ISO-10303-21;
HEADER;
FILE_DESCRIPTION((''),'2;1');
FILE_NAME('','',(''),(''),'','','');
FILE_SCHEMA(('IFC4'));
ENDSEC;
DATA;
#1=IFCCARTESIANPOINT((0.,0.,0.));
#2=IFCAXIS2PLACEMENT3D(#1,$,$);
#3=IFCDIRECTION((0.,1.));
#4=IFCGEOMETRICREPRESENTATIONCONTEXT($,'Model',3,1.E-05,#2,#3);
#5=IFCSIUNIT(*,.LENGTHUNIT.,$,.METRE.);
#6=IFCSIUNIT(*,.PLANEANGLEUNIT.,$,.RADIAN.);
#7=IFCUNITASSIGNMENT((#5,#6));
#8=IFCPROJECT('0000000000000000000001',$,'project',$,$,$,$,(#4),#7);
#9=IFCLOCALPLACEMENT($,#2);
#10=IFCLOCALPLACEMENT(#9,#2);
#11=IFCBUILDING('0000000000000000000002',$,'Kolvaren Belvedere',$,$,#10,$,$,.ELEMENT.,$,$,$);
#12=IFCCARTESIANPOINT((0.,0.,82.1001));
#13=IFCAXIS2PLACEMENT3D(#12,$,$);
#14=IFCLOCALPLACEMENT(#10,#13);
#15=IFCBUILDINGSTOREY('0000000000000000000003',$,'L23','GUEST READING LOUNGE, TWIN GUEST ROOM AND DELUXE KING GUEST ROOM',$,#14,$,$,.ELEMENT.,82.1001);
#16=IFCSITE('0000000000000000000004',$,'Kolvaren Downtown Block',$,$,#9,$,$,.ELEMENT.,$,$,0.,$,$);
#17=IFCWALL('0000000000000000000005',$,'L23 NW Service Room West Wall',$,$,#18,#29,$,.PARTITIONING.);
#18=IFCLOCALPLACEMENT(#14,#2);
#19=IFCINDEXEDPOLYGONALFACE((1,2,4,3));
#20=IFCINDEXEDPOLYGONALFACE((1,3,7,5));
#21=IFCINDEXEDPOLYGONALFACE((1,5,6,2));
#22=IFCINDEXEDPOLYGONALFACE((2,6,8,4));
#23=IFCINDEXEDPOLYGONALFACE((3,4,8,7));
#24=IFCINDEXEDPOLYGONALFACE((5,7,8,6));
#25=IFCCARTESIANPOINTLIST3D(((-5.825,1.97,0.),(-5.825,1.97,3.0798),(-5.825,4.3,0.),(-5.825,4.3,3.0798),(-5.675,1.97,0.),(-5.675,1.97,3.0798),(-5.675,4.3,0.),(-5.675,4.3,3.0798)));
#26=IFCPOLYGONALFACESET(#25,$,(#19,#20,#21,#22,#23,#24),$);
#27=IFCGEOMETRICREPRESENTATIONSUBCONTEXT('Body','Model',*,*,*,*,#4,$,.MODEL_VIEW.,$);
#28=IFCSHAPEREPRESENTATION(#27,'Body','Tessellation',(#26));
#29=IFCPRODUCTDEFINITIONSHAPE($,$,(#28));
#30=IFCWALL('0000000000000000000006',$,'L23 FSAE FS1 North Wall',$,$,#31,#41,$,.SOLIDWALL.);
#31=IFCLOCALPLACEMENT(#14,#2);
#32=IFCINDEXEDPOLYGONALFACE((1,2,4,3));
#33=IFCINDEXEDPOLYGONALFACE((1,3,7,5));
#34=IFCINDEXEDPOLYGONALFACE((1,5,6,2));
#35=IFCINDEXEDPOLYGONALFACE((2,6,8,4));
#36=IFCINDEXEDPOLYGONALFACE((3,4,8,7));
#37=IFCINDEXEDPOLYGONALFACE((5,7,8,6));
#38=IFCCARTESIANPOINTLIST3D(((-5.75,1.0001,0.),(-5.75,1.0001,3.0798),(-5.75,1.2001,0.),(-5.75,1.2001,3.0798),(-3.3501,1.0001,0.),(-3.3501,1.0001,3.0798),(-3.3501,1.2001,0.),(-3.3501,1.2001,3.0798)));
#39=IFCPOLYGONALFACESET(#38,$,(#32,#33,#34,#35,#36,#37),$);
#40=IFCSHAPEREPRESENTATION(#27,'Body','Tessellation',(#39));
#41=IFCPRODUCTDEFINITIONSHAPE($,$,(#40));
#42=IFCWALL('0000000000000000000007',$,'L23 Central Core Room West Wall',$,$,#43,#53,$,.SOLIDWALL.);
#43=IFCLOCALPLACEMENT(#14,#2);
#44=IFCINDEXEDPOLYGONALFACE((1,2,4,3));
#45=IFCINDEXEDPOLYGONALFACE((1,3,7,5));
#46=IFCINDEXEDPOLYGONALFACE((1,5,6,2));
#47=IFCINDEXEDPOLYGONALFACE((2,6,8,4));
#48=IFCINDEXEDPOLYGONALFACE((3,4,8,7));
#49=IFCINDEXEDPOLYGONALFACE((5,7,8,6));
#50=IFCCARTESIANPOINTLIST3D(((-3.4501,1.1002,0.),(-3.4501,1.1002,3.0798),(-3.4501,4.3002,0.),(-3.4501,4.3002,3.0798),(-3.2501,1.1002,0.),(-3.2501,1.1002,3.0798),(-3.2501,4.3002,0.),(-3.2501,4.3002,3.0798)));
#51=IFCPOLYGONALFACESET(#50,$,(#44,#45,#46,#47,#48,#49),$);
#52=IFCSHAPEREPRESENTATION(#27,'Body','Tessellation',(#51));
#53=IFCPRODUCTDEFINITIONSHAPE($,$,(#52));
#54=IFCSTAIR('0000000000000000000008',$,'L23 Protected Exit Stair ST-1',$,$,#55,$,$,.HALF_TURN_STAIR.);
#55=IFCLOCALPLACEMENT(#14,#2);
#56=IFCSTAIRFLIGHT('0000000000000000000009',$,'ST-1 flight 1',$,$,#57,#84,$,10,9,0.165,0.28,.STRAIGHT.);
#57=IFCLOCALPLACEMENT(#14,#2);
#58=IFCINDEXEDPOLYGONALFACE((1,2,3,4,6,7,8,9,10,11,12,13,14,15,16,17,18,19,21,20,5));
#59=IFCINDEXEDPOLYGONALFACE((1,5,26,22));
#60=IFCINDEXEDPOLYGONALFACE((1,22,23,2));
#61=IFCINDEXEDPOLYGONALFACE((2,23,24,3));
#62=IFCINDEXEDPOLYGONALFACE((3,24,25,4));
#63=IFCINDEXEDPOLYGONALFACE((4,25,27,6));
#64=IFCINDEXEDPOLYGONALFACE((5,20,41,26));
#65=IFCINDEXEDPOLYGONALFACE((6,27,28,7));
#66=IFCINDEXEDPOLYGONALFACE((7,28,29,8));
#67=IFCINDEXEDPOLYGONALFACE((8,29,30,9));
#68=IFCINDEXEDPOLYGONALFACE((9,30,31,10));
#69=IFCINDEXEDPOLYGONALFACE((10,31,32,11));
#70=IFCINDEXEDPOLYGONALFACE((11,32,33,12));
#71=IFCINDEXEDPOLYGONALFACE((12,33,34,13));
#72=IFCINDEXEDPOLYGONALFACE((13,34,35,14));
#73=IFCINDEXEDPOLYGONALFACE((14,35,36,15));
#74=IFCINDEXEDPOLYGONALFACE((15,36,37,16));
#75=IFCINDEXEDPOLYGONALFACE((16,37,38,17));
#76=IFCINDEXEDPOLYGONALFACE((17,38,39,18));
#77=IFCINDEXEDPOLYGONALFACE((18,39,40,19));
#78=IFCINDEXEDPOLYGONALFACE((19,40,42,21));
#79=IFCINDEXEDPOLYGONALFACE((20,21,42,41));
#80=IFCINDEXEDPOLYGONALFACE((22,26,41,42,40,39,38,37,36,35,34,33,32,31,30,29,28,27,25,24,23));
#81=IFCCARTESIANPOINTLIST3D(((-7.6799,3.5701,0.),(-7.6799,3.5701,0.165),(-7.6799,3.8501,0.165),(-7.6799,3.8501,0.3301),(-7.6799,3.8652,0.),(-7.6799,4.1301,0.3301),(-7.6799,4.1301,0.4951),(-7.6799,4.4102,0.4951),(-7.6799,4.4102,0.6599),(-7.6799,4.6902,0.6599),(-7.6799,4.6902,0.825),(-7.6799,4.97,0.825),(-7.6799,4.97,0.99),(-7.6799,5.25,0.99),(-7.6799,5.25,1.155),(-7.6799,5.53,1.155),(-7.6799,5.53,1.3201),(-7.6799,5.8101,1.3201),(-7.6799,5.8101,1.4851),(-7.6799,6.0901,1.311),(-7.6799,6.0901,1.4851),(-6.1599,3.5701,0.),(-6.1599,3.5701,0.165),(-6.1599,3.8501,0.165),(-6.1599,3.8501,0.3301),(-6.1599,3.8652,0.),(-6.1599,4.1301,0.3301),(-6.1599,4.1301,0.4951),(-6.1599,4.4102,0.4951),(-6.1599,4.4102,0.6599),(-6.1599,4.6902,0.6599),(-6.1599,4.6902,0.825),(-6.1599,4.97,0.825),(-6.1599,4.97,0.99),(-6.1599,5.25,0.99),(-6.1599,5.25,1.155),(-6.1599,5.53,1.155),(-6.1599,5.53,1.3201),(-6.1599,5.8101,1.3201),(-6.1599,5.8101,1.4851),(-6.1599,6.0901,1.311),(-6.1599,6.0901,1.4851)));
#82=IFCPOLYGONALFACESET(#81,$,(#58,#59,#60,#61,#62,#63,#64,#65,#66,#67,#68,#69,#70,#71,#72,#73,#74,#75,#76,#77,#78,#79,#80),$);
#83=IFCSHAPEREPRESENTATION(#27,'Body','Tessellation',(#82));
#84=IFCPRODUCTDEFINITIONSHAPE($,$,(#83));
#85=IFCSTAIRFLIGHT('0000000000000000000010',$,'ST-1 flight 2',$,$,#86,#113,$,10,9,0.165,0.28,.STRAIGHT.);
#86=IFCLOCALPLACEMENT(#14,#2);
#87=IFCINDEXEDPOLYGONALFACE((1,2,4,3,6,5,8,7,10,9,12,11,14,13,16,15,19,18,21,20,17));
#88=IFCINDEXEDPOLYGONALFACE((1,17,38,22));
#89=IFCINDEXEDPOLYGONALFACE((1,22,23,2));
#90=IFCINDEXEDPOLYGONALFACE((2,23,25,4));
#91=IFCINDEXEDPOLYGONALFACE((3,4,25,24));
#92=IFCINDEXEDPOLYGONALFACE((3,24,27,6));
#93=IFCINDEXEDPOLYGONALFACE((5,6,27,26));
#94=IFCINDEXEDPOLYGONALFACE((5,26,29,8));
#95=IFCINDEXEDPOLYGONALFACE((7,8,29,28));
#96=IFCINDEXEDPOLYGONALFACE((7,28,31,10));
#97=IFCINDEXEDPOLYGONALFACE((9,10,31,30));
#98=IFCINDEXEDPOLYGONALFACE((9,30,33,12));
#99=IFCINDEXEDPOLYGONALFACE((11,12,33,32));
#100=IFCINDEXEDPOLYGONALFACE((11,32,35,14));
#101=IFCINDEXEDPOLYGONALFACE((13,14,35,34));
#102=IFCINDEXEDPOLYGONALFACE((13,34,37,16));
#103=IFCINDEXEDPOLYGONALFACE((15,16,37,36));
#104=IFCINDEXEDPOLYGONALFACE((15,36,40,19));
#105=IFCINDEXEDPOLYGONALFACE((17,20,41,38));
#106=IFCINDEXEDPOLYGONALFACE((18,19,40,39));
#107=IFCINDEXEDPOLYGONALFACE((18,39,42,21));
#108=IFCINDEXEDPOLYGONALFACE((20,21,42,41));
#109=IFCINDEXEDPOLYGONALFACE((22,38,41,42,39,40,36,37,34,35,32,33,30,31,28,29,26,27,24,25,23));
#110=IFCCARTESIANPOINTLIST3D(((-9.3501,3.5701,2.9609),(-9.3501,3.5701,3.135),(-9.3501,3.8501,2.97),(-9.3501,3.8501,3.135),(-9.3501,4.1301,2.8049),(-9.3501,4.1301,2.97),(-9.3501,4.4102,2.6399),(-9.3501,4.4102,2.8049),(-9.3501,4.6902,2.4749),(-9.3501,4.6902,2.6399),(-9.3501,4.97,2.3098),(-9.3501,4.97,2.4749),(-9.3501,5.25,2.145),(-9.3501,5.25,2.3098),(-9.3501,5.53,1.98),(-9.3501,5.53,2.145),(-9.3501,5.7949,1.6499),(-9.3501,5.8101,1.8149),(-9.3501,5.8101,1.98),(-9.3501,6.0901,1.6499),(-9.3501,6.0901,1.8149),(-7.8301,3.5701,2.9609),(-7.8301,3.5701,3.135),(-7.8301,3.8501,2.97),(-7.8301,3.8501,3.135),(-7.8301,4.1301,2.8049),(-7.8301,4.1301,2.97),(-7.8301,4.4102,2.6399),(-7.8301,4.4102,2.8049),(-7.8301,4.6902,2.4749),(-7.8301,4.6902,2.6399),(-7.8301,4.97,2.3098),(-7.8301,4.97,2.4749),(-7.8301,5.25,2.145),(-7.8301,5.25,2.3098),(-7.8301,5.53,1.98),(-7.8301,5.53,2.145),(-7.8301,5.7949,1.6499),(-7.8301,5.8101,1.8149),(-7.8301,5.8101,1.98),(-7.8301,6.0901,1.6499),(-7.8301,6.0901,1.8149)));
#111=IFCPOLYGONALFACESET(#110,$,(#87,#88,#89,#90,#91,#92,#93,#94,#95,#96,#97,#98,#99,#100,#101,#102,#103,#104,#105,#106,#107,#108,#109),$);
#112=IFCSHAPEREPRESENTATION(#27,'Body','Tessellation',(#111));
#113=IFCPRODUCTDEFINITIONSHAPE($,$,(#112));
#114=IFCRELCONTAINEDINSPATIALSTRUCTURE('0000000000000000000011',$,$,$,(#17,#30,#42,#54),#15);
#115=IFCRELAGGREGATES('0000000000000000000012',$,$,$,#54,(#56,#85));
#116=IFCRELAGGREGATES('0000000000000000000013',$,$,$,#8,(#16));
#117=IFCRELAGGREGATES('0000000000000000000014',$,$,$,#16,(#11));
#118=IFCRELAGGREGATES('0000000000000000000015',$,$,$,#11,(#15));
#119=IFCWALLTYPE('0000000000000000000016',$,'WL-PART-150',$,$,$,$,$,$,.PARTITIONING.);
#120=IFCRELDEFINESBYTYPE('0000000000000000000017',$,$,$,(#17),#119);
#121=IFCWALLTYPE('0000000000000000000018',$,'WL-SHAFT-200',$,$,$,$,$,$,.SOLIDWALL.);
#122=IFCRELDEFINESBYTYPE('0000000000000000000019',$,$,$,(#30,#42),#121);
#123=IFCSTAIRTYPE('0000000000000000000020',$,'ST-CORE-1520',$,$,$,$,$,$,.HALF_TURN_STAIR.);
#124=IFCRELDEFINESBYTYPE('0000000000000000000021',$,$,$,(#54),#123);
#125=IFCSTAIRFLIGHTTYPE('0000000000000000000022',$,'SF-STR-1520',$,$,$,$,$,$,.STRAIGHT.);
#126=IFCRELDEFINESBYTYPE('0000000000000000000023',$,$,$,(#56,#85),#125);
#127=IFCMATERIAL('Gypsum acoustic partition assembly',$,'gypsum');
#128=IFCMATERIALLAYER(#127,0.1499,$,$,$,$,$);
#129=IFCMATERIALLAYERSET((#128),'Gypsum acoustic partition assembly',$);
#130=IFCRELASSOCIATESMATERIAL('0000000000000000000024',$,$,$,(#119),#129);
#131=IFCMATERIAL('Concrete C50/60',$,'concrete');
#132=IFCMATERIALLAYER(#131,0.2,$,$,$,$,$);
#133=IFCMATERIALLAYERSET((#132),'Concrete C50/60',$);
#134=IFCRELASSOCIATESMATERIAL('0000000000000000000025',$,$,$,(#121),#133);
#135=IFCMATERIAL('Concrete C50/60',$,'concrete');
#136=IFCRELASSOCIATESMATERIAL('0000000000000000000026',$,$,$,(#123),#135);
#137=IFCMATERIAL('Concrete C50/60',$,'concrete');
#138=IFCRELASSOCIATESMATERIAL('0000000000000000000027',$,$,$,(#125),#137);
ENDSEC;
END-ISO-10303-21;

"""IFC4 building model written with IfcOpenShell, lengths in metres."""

from ifc_helpers import new_model, si_unit, direction, frame, frame_2d, origin, place, context, subcontext, project, spatial, polyline, rectangle, outline, extrude, material, layer, layer_set, type_object, element, aggregate, save


model = new_model("IFC4")

# Units and contexts
model_context = context("Model", 3, precision=1e-05, world=origin(), true_north=direction((0.0, 1.0)))
body_context = subcontext(model_context, "Body", "Model", "MODEL_VIEW")
ifc_project = project(units=[si_unit("LENGTHUNIT", "METRE"), si_unit("PLANEANGLEUNIT", "RADIAN")], contexts=[model_context])

# Site, building, storey
site_placement = place(None, origin())
site = spatial("IfcSite", under=ifc_project, at=site_placement, Name="Kolvaren Downtown Block", CompositionType="ELEMENT", RefElevation=0.0)
building_placement = place(site_placement, origin())
building = spatial("IfcBuilding", under=site, at=building_placement, Name="Kolvaren Belvedere", CompositionType="ELEMENT")
storey_placement = place(building_placement, frame((0.0, 0.0, 82.1001)))
storey = spatial("IfcBuildingStorey", under=building, at=storey_placement, Name="L23", Description="GUEST READING LOUNGE, TWIN GUEST ROOM AND DELUXE KING GUEST ROOM", CompositionType="ELEMENT", Elevation=82.1001)

# Shared definitions
ifc_material_1 = material(Name="Gypsum acoustic partition assembly", Category="gypsum")
ifc_layer_1 = layer(ifc_material_1, 0.1499)
ifc_layer_set_1 = layer_set([ifc_layer_1], Name="Gypsum acoustic partition assembly")
wall_type_1 = type_object("IfcWallType", Name="WL-PART-150", PredefinedType="PARTITIONING", material=ifc_layer_set_1)

# Walls
wall_1_placement = place(storey_placement, frame((-5.75, 1.97, 0.0), z_axis=(0.0, 0.0, 1.0), x_axis=(0.0, 1.0, 0.0)))
element("IfcWall", 1, at=wall_1_placement, inside=storey, type_object=wall_type_1, Name="L23 NW Service Room West Wall", PredefinedType="PARTITIONING", context=body_context, shape_type="SweptSolid", body=[
    extrude(rectangle(XDim=2.3301, YDim=0.1499, at=frame_2d((1.165, 0.0))), origin(), (0.0, 0.0, 1.0), 3.0798),
])
ifc_material_2 = material(Name="Concrete C50/60", Category="concrete")
ifc_layer_2 = layer(ifc_material_2, 0.2)
ifc_layer_set_2 = layer_set([ifc_layer_2], Name="Concrete C50/60")
wall_type_2 = type_object("IfcWallType", Name="WL-SHAFT-200", PredefinedType="SOLIDWALL", material=ifc_layer_set_2)
wall_2_placement = place(storey_placement, frame((-5.75, 1.1001, 0.0), z_axis=(0.0, 0.0, 1.0), x_axis=(1.0, 0.0, 0.0)))
element("IfcWall", 2, at=wall_2_placement, inside=storey, type_object=wall_type_2, Name="L23 FSAE FS1 North Wall", PredefinedType="SOLIDWALL", context=body_context, shape_type="SweptSolid", body=[
    extrude(rectangle(XDim=2.3999, YDim=0.2, at=frame_2d((1.2, 0.0))), origin(), (0.0, 0.0, 1.0), 3.0798),
])
wall_3_placement = place(storey_placement, frame((-3.3501, 1.1001, 0.0), z_axis=(0.0, 0.0, 1.0), x_axis=(0.0, 1.0, 0.0)))
element("IfcWall", 3, at=wall_3_placement, inside=storey, type_object=wall_type_2, Name="L23 Central Core Room West Wall", PredefinedType="SOLIDWALL", context=body_context, shape_type="SweptSolid", body=[
    extrude(rectangle(XDim=3.2, YDim=0.2, at=frame_2d((1.6001, 0.0))), origin(), (0.0, 0.0, 1.0), 3.0798),
])

# Stair, stair flights
ifc_material_3 = material(Name="Concrete C50/60", Category="concrete")
stair_type = type_object("IfcStairType", Name="ST-CORE-1520", PredefinedType="HALF_TURN_STAIR", material=ifc_material_3)
stair_placement = place(storey_placement, origin())
stair = element("IfcStair", 4, at=stair_placement, inside=storey, type_object=stair_type, Name="L23 Protected Exit Stair ST-1", PredefinedType="HALF_TURN_STAIR")
ifc_material_4 = material(Name="Concrete C50/60", Category="concrete")
stair_flight_type = type_object("IfcStairFlightType", Name="SF-STR-1520", PredefinedType="STRAIGHT", material=ifc_material_4)
stair_flight_1_placement = place(storey_placement, frame((-6.9199, 3.5701, 0.0), z_axis=(0.0, 0.0, 1.0), x_axis=(0.0, 1.0, 0.0)))
stair_flight_1 = element("IfcStairFlight", 5, at=stair_flight_1_placement, type_object=stair_flight_type, Name="ST-1 flight 1", NumberOfRisers=10, NumberOfTreads=9, PredefinedType="STRAIGHT", RiserHeight=0.165, TreadLength=0.28, context=body_context, shape_type="SweptSolid", body=[
    extrude(outline(polyline([(0.0, 0.0), (0.0, 0.165), (0.28, 0.165), (0.28, 0.3301), (0.5601, 0.3301), (0.5601, 0.4951), (0.8401, 0.4951), (0.8401, 0.6599), (1.1201, 0.6599), (1.1201, 0.825), (1.3999, 0.825), (1.3999, 0.99), (1.6799, 0.99), (1.6799, 1.155), (1.96, 1.155), (1.96, 1.3201), (2.24, 1.3201), (2.24, 1.4851), (2.52, 1.4851), (2.52, 1.6499), (2.52, 1.311), (0.2952, 0.0), (0.0, 0.0)])), frame((0.0, 0.76, 0.0), z_axis=(0.0, -1.0, 0.0), x_axis=(1.0, 0.0, 0.0)), (0.0, 0.0, 1.0), 1.52),
])
stair_flight_2_placement = place(storey_placement, frame((-8.5901, 6.0901, 1.6499), z_axis=(0.0, 0.0, 1.0), x_axis=(0.0, -1.0, 0.0)))
stair_flight_2 = element("IfcStairFlight", 6, at=stair_flight_2_placement, type_object=stair_flight_type, Name="ST-1 flight 2", NumberOfRisers=10, NumberOfTreads=9, PredefinedType="STRAIGHT", RiserHeight=0.165, TreadLength=0.28, context=body_context, shape_type="SweptSolid", body=[
    extrude(outline(polyline([(0.0, 0.0), (0.0, 0.165), (0.28, 0.165), (0.28, 0.3301), (0.5601, 0.3301), (0.5601, 0.4951), (0.8401, 0.4951), (0.8401, 0.6599), (1.1201, 0.6599), (1.1201, 0.825), (1.3999, 0.825), (1.3999, 0.99), (1.6799, 0.99), (1.6799, 1.155), (1.96, 1.155), (1.96, 1.3201), (2.24, 1.3201), (2.24, 1.4851), (2.52, 1.4851), (2.52, 1.6499), (2.52, 1.311), (0.2952, 0.0), (0.0, 0.0)])), frame((0.0, 0.76, 0.0), z_axis=(0.0, -1.0, 0.0), x_axis=(1.0, 0.0, 0.0)), (0.0, 0.0, 1.0), 1.52),
])
aggregate(stair, [stair_flight_1, stair_flight_2])

save(model, "model.ifc")
